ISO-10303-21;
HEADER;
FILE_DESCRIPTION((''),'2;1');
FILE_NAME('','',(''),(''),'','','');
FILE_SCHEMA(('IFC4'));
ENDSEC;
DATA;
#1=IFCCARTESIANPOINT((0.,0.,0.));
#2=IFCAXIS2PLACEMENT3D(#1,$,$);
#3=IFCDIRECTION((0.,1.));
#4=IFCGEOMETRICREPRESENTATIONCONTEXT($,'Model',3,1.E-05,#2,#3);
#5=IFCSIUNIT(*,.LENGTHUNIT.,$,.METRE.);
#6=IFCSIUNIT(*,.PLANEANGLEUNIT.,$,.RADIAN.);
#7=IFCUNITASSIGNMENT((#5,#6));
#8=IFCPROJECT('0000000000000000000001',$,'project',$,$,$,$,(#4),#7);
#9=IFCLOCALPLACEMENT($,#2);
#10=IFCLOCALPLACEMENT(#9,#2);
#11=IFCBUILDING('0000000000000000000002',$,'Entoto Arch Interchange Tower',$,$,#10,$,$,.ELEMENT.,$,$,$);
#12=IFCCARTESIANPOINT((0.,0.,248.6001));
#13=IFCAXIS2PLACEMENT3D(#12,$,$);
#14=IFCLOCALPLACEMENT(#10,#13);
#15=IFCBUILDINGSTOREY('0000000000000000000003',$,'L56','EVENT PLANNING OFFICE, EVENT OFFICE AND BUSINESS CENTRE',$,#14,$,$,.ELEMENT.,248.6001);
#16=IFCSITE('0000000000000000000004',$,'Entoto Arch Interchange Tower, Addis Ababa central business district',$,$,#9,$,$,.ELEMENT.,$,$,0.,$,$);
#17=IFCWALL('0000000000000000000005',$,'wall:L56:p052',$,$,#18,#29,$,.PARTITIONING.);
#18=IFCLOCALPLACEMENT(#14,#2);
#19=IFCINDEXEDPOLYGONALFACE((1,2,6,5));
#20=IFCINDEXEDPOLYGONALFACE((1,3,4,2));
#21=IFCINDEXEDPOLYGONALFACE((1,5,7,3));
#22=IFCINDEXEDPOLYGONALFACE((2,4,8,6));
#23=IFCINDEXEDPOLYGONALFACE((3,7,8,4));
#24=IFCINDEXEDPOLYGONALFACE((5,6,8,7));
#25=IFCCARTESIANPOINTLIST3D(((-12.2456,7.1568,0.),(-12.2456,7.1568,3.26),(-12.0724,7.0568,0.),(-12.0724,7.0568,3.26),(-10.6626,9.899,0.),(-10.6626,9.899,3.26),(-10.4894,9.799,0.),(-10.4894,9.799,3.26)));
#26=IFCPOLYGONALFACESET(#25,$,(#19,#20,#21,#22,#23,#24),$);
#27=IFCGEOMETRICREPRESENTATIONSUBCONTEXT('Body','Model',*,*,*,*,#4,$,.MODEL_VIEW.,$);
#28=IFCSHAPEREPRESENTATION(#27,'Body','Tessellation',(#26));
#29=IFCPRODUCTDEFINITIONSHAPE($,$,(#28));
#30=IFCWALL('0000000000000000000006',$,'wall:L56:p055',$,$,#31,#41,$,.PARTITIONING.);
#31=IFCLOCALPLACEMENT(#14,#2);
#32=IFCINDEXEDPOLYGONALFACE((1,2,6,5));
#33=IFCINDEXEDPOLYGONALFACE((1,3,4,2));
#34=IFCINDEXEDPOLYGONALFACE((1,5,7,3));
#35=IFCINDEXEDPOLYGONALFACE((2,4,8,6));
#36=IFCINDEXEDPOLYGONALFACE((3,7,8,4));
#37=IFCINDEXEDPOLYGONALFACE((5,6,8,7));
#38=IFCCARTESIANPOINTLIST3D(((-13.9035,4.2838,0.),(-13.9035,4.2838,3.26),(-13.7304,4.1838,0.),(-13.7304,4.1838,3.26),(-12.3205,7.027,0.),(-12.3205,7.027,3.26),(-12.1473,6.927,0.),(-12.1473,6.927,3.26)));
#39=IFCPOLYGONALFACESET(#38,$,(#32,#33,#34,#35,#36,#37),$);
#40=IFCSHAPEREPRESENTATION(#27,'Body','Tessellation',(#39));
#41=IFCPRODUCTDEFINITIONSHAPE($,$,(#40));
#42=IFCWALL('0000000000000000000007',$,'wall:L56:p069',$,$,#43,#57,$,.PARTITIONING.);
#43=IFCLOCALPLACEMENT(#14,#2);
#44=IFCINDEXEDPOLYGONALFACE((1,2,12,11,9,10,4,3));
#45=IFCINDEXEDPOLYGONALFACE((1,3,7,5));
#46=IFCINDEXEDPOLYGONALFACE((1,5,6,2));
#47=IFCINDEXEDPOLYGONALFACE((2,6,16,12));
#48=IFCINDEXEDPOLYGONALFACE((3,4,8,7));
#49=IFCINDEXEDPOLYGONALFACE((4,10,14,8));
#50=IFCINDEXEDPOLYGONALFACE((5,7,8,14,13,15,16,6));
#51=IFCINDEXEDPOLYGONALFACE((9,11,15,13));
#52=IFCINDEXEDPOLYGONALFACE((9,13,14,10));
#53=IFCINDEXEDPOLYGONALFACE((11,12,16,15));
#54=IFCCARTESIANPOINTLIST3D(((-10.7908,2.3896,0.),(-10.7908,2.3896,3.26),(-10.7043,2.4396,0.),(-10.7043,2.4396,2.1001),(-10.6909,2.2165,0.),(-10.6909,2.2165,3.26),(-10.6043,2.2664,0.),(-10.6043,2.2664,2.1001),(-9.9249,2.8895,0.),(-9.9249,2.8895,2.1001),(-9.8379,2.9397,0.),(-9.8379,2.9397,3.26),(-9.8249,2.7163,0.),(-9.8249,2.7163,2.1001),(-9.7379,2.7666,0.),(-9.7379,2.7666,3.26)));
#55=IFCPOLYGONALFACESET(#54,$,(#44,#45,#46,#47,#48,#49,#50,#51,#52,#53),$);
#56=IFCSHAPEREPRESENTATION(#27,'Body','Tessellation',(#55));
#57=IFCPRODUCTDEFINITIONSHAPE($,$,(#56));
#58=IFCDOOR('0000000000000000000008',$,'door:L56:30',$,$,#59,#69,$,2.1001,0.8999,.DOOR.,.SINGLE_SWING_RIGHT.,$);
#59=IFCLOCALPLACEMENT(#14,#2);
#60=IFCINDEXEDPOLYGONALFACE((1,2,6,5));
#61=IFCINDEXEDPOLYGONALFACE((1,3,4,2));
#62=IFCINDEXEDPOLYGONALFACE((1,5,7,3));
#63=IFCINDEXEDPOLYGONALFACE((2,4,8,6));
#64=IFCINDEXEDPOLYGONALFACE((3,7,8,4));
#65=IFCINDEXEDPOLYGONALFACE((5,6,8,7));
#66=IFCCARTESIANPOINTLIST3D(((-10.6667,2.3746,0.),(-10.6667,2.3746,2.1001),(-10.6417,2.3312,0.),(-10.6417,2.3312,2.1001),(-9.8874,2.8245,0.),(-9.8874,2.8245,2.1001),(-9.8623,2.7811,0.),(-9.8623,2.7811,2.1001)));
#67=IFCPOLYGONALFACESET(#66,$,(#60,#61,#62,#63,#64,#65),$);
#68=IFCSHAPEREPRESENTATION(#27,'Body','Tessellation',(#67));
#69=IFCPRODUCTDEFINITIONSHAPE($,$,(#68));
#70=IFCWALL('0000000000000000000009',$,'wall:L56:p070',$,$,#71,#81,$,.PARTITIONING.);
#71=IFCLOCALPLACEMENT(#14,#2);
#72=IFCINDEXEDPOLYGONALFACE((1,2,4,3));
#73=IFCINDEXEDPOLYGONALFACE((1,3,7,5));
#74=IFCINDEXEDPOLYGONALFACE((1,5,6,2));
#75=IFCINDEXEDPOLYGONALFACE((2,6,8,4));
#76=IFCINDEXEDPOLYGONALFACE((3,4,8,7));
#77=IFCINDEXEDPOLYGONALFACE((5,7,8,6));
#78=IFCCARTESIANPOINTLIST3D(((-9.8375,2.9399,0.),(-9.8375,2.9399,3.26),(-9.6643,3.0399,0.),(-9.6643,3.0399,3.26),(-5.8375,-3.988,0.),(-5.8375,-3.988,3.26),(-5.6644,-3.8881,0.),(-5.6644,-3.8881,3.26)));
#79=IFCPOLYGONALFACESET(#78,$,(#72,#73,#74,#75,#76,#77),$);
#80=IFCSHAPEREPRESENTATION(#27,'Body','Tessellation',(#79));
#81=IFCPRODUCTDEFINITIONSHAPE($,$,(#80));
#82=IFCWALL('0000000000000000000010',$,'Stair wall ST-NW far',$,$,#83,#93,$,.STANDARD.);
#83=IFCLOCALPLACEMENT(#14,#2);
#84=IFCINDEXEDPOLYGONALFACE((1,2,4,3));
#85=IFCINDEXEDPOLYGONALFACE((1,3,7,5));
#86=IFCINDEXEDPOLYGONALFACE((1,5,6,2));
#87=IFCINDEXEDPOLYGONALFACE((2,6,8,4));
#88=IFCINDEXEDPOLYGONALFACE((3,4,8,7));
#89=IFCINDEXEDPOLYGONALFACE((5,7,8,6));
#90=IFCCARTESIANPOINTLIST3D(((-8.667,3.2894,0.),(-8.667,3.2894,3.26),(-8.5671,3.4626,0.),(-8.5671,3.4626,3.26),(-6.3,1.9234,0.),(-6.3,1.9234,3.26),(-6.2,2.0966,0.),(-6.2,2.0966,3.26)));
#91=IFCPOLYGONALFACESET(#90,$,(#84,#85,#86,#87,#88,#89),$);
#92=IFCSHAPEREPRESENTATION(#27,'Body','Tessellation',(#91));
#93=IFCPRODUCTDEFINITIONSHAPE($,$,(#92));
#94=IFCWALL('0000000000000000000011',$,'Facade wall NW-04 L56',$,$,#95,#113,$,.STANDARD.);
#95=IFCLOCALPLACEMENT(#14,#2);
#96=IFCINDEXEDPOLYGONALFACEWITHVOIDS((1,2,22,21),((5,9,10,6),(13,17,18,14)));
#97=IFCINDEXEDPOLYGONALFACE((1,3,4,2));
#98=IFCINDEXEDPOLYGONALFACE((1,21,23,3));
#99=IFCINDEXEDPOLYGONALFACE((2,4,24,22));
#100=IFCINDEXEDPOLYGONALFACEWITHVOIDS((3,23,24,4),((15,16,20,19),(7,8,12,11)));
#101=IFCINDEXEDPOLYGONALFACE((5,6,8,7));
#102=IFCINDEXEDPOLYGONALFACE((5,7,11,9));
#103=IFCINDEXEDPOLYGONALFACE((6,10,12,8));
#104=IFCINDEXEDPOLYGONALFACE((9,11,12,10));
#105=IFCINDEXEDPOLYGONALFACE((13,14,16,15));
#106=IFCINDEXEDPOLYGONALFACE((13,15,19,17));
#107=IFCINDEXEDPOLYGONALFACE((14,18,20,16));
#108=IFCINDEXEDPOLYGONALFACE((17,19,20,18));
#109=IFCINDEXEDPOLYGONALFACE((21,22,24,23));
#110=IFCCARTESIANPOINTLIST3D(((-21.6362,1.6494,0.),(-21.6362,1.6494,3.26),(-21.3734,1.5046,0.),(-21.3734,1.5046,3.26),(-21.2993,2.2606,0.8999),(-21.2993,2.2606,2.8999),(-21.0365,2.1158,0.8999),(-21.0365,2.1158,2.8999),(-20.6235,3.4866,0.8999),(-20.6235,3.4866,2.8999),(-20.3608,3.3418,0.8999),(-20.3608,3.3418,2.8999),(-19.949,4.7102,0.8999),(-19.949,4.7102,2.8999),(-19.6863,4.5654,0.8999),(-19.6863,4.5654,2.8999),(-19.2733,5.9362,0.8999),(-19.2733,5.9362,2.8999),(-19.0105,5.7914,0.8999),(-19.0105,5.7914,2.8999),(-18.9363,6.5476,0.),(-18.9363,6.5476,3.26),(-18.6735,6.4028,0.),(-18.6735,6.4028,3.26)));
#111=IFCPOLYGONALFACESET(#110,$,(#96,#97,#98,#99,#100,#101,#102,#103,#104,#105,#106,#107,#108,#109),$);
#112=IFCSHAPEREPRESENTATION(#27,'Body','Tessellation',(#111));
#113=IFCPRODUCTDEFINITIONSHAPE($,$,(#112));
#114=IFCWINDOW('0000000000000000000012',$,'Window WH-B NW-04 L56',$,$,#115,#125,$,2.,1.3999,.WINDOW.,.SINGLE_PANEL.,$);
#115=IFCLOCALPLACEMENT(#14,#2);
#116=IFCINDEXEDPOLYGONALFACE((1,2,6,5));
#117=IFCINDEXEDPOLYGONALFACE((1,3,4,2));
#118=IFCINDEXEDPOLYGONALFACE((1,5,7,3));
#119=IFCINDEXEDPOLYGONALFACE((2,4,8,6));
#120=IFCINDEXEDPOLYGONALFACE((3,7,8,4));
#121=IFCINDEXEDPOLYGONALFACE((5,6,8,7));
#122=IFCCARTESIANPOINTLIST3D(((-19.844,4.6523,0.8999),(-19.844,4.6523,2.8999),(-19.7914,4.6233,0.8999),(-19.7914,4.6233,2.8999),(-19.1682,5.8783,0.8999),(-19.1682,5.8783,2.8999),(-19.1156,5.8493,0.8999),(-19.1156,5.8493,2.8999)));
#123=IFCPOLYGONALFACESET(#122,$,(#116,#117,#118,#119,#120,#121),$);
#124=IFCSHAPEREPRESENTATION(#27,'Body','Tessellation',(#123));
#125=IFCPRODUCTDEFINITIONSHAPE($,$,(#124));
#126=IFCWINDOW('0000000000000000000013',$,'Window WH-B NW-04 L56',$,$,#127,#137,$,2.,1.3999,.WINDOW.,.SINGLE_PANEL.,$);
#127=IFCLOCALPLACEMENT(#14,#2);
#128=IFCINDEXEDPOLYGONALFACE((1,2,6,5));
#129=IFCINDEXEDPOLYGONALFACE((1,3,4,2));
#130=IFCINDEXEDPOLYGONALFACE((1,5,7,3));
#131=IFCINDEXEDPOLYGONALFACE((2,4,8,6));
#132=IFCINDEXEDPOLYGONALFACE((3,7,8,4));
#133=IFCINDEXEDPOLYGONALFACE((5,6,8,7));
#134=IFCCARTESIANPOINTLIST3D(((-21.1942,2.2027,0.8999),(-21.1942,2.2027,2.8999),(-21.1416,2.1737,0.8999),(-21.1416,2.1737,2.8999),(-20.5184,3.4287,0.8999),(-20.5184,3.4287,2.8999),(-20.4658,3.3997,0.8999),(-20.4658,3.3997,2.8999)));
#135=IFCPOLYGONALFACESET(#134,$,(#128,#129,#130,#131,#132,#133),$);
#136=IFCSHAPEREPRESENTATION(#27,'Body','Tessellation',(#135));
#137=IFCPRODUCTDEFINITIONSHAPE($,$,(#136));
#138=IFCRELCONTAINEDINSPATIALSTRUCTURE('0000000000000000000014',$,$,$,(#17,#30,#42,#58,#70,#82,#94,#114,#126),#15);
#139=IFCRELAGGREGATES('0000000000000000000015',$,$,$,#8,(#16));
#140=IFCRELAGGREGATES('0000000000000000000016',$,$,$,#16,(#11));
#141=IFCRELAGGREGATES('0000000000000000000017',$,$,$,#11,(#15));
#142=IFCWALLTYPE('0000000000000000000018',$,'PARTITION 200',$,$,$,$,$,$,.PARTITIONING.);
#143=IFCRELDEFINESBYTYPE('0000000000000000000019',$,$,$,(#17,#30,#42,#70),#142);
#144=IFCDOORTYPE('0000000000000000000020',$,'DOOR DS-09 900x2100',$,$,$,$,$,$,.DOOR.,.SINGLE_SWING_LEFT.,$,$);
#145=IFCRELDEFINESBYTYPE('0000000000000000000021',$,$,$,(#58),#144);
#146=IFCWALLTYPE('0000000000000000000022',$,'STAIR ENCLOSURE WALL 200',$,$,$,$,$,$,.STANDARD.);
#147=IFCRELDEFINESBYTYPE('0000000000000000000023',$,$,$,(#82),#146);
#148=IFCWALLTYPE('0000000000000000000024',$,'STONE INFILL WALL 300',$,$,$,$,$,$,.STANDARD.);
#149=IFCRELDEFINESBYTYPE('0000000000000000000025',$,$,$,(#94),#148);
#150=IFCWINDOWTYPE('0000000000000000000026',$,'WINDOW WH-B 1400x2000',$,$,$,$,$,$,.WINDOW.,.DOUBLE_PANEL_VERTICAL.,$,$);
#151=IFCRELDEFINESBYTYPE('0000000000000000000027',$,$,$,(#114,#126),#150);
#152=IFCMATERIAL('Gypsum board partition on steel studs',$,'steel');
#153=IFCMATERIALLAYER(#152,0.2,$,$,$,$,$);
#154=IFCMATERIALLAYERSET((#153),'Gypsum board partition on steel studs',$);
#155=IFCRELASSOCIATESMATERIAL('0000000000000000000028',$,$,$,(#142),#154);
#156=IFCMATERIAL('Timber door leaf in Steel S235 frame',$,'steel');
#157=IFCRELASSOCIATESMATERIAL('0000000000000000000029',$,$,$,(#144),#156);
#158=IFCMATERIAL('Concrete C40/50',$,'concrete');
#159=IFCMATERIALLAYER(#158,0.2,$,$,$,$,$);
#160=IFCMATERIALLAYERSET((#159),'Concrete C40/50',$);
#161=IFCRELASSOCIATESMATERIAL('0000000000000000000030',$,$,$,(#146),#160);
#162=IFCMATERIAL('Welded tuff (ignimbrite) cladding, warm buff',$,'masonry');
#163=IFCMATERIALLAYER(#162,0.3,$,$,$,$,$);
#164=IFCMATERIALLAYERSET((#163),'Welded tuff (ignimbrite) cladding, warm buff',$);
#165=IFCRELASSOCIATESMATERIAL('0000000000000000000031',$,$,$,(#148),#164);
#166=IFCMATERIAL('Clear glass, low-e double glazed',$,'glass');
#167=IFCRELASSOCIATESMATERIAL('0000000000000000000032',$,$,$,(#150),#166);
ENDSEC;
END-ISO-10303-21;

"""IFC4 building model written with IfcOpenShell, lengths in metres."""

from ifc_helpers import new_model, si_unit, direction, frame, frame_2d, origin, place, context, subcontext, project, spatial, rectangle, extrude, material, layer, layer_set, type_object, element, fill, save


model = new_model("IFC4")

# Units and contexts
model_context = context("Model", 3, precision=1e-05, world=origin(), true_north=direction((0.0, 1.0)))
body_context = subcontext(model_context, "Body", "Model", "MODEL_VIEW")
ifc_project = project(units=[si_unit("LENGTHUNIT", "METRE"), si_unit("PLANEANGLEUNIT", "RADIAN")], contexts=[model_context])

# Site, building, storey
site_placement = place(None, origin())
site = spatial("IfcSite", under=ifc_project, at=site_placement, Name="Entoto Arch Interchange Tower, Addis Ababa central business district", CompositionType="ELEMENT", RefElevation=0.0)
building_placement = place(site_placement, origin())
building = spatial("IfcBuilding", under=site, at=building_placement, Name="Entoto Arch Interchange Tower", CompositionType="ELEMENT")
storey_placement = place(building_placement, frame((0.0, 0.0, 248.6001)))
storey = spatial("IfcBuildingStorey", under=building, at=storey_placement, Name="L56", Description="EVENT PLANNING OFFICE, EVENT OFFICE AND BUSINESS CENTRE", CompositionType="ELEMENT", Elevation=248.6001)

# Shared definitions
ifc_material_1 = material(Name="Concrete C40/50", Category="concrete")

# Walls
ifc_material_2 = material(Name="Gypsum board partition on steel studs", Category="steel")
ifc_layer_1 = layer(ifc_material_2, 0.2)
ifc_layer_set_1 = layer_set([ifc_layer_1], Name="Gypsum board partition on steel studs")
wall_type_1 = type_object("IfcWallType", Name="PARTITION 200", PredefinedType="PARTITIONING", material=ifc_layer_set_1)
wall_1_placement = place(storey_placement, frame((-12.1589, 7.1069, 0.0), z_axis=(0.0, 0.0, 1.0), x_axis=(0.499954, 0.866052, 0.0)))
element("IfcWall", 1, at=wall_1_placement, inside=storey, type_object=wall_type_1, Name="wall:L56:p052", PredefinedType="PARTITIONING", context=body_context, shape_type="SweptSolid", body=[
    extrude(rectangle(XDim=3.1663, YDim=0.2, at=frame_2d((1.583, 0.0))), origin(), (0.0, 0.0, 1.0), 3.26),
])
wall_2_placement = place(storey_placement, frame((-13.8169, 4.2339, 0.0), z_axis=(0.0, 0.0, 1.0), x_axis=(0.49982, 0.866129, 0.0)))
element("IfcWall", 2, at=wall_2_placement, inside=storey, type_object=wall_type_1, Name="wall:L56:p055", PredefinedType="PARTITIONING", context=body_context, shape_type="SweptSolid", body=[
    extrude(rectangle(XDim=3.1672, YDim=0.2, at=frame_2d((1.5835, 0.0))), origin(), (0.0, 0.0, 1.0), 3.26),
])

# Wall, opening, door
wall_3_placement = place(storey_placement, frame((-10.741, 2.303, 0.0), z_axis=(0.0, 0.0, 1.0), x_axis=(0.866064, 0.499934, 0.0)))
wall_3 = element("IfcWall", 3, at=wall_3_placement, inside=storey, type_object=wall_type_1, Name="wall:L56:p069", PredefinedType="PARTITIONING", context=body_context, shape_type="SweptSolid", body=[
    extrude(rectangle(XDim=1.1003, YDim=0.2, at=frame_2d((0.5503, 0.0))), origin(), (0.0, 0.0, 1.0), 3.26),
])
opening_1_placement = place(wall_3_placement, frame((0.1001, 0.0, 0.0)))
opening_1 = element("IfcOpeningElement", 4, at=opening_1_placement, cuts=wall_3, PredefinedType="OPENING", context=body_context, shape_type="SweptSolid", body=[
    extrude(rectangle(XDim=0.8999, YDim=2.1001, at=frame_2d((0.45, 1.05))), frame((0.0, 0.1099, 0.0), z_axis=(0.0, -1.0, 0.0), x_axis=(1.0, 0.0, 0.0)), (0.0, 0.0, 1.0), 0.22),
])
ifc_material_3 = material(Name="Timber door leaf in Steel S235 frame", Category="steel")
door_type_1 = type_object("IfcDoorType", Name="DOOR DS-09 900x2100", OperationType="SINGLE_SWING_LEFT", PredefinedType="DOOR", material=ifc_material_3)
door_1_placement = place(opening_1_placement, origin())
door_1 = element("IfcDoor", 5, at=door_1_placement, inside=storey, type_object=door_type_1, Name="door:L56:30", OperationType="SINGLE_SWING_RIGHT", OverallHeight=2.1001, OverallWidth=0.8999, PredefinedType="DOOR", context=body_context, shape_type="SweptSolid", body=[
    extrude(rectangle(XDim=0.8999, YDim=2.1001, at=frame_2d((0.45, 1.05))), frame((0.0, 0.0249, 0.0), z_axis=(0.0, -1.0, 0.0), x_axis=(1.0, 0.0, 0.0)), (0.0, 0.0, 1.0), 0.05),
])
fill(opening_1, door_1)

# Walls
wall_4_placement = place(storey_placement, frame((-9.751, 2.99, 0.0), z_axis=(0.0, 0.0, 1.0), x_axis=(0.500012, -0.866018, 0.0)))
element("IfcWall", 6, at=wall_4_placement, inside=storey, type_object=wall_type_1, Name="wall:L56:p070", PredefinedType="PARTITIONING", context=body_context, shape_type="SweptSolid", body=[
    extrude(rectangle(XDim=7.9998, YDim=0.2, at=frame_2d((4.0, 0.0))), origin(), (0.0, 0.0, 1.0), 3.26),
])
ifc_layer_2 = layer(ifc_material_1, 0.2)
ifc_layer_set_2 = layer_set([ifc_layer_2], Name="Concrete C40/50")
wall_type_2 = type_object("IfcWallType", Name="STAIR ENCLOSURE WALL 200", PredefinedType="STANDARD", material=ifc_layer_set_2)
wall_5_placement = place(storey_placement, frame((-6.25, 2.01, 0.0), z_axis=(0.0, 0.0, 1.0), x_axis=(-0.866119, 0.499838, 0.0)))
element("IfcWall", 7, at=wall_5_placement, inside=storey, type_object=wall_type_2, Name="Stair wall ST-NW far", PredefinedType="STANDARD", context=body_context, shape_type="SweptSolid", body=[
    extrude(rectangle(XDim=2.7329, YDim=0.2, at=frame_2d((1.3665, 0.0))), origin(), (0.0, 0.0, 1.0), 3.26),
])

# Wall, openings, windows
ifc_material_4 = material(Name="Welded tuff (ignimbrite) cladding, warm buff", Category="masonry")
ifc_layer_3 = layer(ifc_material_4, 0.3)
ifc_layer_set_3 = layer_set([ifc_layer_3], Name="Welded tuff (ignimbrite) cladding, warm buff")
wall_type_3 = type_object("IfcWallType", Name="STONE INFILL WALL 300", PredefinedType="STANDARD", material=ifc_layer_set_3)
wall_6_placement = place(storey_placement, frame((-18.8049, 6.4751, 0.0), z_axis=(0.0, 0.0, 1.0), x_axis=(-0.482735, -0.875767, 0.0)))
wall_6 = element("IfcWall", 8, at=wall_6_placement, inside=storey, type_object=wall_type_3, Name="Facade wall NW-04 L56", PredefinedType="STANDARD", context=body_context, shape_type="SweptSolid", body=[
    extrude(rectangle(XDim=5.593, YDim=0.3, at=frame_2d((2.7964, 0.0))), origin(), (0.0, 0.0, 1.0), 3.26),
])
opening_2_placement = place(wall_6_placement, frame((0.698, 0.0, 0.8999)))
opening_2 = element("IfcOpeningElement", 9, at=opening_2_placement, cuts=wall_6, PredefinedType="OPENING", context=body_context, shape_type="SweptSolid", body=[
    extrude(rectangle(XDim=1.3999, YDim=2.0, at=frame_2d((0.7, 1.0))), frame((0.0, 0.1602, 0.0), z_axis=(0.0, -1.0, 0.0), x_axis=(1.0, 0.0, 0.0)), (0.0, 0.0, 1.0), 0.3201),
])
opening_3_placement = place(wall_6_placement, frame((3.4951, 0.0, 0.8999)))
opening_3 = element("IfcOpeningElement", 10, at=opening_3_placement, cuts=wall_6, PredefinedType="OPENING", context=body_context, shape_type="SweptSolid", body=[
    extrude(rectangle(XDim=1.3999, YDim=2.0, at=frame_2d((0.7, 1.0))), frame((0.0, 0.1602, 0.0), z_axis=(0.0, -1.0, 0.0), x_axis=(1.0, 0.0, 0.0)), (0.0, 0.0, 1.0), 0.3201),
])
ifc_material_5 = material(Name="Clear glass, low-e double glazed", Category="glass")
window_type = type_object("IfcWindowType", Name="WINDOW WH-B 1400x2000", PartitioningType="DOUBLE_PANEL_VERTICAL", PredefinedType="WINDOW", material=ifc_material_5)
window_1_placement = place(opening_2_placement, origin())
window_1 = element("IfcWindow", 11, at=window_1_placement, inside=storey, type_object=window_type, Name="Window WH-B NW-04 L56", OverallHeight=2.0, OverallWidth=1.3999, PartitioningType="SINGLE_PANEL", PredefinedType="WINDOW", context=body_context, shape_type="SweptSolid", body=[
    extrude(rectangle(XDim=1.3999, YDim=2.0, at=frame_2d((0.7, 1.0))), frame((0.0, 0.03, 0.0), z_axis=(0.0, -1.0, 0.0), x_axis=(1.0, 0.0, 0.0)), (0.0, 0.0, 1.0), 0.0601),
])
fill(opening_2, window_1)
window_2_placement = place(opening_3_placement, origin())
window_2 = element("IfcWindow", 12, at=window_2_placement, inside=storey, type_object=window_type, Name="Window WH-B NW-04 L56", OverallHeight=2.0, OverallWidth=1.3999, PartitioningType="SINGLE_PANEL", PredefinedType="WINDOW", context=body_context, shape_type="SweptSolid", body=[
    extrude(rectangle(XDim=1.3999, YDim=2.0, at=frame_2d((0.7, 1.0))), frame((0.0, 0.03, 0.0), z_axis=(0.0, -1.0, 0.0), x_axis=(1.0, 0.0, 0.0)), (0.0, 0.0, 1.0), 0.0601),
])
fill(opening_3, window_2)

save(model, "model.ifc")
